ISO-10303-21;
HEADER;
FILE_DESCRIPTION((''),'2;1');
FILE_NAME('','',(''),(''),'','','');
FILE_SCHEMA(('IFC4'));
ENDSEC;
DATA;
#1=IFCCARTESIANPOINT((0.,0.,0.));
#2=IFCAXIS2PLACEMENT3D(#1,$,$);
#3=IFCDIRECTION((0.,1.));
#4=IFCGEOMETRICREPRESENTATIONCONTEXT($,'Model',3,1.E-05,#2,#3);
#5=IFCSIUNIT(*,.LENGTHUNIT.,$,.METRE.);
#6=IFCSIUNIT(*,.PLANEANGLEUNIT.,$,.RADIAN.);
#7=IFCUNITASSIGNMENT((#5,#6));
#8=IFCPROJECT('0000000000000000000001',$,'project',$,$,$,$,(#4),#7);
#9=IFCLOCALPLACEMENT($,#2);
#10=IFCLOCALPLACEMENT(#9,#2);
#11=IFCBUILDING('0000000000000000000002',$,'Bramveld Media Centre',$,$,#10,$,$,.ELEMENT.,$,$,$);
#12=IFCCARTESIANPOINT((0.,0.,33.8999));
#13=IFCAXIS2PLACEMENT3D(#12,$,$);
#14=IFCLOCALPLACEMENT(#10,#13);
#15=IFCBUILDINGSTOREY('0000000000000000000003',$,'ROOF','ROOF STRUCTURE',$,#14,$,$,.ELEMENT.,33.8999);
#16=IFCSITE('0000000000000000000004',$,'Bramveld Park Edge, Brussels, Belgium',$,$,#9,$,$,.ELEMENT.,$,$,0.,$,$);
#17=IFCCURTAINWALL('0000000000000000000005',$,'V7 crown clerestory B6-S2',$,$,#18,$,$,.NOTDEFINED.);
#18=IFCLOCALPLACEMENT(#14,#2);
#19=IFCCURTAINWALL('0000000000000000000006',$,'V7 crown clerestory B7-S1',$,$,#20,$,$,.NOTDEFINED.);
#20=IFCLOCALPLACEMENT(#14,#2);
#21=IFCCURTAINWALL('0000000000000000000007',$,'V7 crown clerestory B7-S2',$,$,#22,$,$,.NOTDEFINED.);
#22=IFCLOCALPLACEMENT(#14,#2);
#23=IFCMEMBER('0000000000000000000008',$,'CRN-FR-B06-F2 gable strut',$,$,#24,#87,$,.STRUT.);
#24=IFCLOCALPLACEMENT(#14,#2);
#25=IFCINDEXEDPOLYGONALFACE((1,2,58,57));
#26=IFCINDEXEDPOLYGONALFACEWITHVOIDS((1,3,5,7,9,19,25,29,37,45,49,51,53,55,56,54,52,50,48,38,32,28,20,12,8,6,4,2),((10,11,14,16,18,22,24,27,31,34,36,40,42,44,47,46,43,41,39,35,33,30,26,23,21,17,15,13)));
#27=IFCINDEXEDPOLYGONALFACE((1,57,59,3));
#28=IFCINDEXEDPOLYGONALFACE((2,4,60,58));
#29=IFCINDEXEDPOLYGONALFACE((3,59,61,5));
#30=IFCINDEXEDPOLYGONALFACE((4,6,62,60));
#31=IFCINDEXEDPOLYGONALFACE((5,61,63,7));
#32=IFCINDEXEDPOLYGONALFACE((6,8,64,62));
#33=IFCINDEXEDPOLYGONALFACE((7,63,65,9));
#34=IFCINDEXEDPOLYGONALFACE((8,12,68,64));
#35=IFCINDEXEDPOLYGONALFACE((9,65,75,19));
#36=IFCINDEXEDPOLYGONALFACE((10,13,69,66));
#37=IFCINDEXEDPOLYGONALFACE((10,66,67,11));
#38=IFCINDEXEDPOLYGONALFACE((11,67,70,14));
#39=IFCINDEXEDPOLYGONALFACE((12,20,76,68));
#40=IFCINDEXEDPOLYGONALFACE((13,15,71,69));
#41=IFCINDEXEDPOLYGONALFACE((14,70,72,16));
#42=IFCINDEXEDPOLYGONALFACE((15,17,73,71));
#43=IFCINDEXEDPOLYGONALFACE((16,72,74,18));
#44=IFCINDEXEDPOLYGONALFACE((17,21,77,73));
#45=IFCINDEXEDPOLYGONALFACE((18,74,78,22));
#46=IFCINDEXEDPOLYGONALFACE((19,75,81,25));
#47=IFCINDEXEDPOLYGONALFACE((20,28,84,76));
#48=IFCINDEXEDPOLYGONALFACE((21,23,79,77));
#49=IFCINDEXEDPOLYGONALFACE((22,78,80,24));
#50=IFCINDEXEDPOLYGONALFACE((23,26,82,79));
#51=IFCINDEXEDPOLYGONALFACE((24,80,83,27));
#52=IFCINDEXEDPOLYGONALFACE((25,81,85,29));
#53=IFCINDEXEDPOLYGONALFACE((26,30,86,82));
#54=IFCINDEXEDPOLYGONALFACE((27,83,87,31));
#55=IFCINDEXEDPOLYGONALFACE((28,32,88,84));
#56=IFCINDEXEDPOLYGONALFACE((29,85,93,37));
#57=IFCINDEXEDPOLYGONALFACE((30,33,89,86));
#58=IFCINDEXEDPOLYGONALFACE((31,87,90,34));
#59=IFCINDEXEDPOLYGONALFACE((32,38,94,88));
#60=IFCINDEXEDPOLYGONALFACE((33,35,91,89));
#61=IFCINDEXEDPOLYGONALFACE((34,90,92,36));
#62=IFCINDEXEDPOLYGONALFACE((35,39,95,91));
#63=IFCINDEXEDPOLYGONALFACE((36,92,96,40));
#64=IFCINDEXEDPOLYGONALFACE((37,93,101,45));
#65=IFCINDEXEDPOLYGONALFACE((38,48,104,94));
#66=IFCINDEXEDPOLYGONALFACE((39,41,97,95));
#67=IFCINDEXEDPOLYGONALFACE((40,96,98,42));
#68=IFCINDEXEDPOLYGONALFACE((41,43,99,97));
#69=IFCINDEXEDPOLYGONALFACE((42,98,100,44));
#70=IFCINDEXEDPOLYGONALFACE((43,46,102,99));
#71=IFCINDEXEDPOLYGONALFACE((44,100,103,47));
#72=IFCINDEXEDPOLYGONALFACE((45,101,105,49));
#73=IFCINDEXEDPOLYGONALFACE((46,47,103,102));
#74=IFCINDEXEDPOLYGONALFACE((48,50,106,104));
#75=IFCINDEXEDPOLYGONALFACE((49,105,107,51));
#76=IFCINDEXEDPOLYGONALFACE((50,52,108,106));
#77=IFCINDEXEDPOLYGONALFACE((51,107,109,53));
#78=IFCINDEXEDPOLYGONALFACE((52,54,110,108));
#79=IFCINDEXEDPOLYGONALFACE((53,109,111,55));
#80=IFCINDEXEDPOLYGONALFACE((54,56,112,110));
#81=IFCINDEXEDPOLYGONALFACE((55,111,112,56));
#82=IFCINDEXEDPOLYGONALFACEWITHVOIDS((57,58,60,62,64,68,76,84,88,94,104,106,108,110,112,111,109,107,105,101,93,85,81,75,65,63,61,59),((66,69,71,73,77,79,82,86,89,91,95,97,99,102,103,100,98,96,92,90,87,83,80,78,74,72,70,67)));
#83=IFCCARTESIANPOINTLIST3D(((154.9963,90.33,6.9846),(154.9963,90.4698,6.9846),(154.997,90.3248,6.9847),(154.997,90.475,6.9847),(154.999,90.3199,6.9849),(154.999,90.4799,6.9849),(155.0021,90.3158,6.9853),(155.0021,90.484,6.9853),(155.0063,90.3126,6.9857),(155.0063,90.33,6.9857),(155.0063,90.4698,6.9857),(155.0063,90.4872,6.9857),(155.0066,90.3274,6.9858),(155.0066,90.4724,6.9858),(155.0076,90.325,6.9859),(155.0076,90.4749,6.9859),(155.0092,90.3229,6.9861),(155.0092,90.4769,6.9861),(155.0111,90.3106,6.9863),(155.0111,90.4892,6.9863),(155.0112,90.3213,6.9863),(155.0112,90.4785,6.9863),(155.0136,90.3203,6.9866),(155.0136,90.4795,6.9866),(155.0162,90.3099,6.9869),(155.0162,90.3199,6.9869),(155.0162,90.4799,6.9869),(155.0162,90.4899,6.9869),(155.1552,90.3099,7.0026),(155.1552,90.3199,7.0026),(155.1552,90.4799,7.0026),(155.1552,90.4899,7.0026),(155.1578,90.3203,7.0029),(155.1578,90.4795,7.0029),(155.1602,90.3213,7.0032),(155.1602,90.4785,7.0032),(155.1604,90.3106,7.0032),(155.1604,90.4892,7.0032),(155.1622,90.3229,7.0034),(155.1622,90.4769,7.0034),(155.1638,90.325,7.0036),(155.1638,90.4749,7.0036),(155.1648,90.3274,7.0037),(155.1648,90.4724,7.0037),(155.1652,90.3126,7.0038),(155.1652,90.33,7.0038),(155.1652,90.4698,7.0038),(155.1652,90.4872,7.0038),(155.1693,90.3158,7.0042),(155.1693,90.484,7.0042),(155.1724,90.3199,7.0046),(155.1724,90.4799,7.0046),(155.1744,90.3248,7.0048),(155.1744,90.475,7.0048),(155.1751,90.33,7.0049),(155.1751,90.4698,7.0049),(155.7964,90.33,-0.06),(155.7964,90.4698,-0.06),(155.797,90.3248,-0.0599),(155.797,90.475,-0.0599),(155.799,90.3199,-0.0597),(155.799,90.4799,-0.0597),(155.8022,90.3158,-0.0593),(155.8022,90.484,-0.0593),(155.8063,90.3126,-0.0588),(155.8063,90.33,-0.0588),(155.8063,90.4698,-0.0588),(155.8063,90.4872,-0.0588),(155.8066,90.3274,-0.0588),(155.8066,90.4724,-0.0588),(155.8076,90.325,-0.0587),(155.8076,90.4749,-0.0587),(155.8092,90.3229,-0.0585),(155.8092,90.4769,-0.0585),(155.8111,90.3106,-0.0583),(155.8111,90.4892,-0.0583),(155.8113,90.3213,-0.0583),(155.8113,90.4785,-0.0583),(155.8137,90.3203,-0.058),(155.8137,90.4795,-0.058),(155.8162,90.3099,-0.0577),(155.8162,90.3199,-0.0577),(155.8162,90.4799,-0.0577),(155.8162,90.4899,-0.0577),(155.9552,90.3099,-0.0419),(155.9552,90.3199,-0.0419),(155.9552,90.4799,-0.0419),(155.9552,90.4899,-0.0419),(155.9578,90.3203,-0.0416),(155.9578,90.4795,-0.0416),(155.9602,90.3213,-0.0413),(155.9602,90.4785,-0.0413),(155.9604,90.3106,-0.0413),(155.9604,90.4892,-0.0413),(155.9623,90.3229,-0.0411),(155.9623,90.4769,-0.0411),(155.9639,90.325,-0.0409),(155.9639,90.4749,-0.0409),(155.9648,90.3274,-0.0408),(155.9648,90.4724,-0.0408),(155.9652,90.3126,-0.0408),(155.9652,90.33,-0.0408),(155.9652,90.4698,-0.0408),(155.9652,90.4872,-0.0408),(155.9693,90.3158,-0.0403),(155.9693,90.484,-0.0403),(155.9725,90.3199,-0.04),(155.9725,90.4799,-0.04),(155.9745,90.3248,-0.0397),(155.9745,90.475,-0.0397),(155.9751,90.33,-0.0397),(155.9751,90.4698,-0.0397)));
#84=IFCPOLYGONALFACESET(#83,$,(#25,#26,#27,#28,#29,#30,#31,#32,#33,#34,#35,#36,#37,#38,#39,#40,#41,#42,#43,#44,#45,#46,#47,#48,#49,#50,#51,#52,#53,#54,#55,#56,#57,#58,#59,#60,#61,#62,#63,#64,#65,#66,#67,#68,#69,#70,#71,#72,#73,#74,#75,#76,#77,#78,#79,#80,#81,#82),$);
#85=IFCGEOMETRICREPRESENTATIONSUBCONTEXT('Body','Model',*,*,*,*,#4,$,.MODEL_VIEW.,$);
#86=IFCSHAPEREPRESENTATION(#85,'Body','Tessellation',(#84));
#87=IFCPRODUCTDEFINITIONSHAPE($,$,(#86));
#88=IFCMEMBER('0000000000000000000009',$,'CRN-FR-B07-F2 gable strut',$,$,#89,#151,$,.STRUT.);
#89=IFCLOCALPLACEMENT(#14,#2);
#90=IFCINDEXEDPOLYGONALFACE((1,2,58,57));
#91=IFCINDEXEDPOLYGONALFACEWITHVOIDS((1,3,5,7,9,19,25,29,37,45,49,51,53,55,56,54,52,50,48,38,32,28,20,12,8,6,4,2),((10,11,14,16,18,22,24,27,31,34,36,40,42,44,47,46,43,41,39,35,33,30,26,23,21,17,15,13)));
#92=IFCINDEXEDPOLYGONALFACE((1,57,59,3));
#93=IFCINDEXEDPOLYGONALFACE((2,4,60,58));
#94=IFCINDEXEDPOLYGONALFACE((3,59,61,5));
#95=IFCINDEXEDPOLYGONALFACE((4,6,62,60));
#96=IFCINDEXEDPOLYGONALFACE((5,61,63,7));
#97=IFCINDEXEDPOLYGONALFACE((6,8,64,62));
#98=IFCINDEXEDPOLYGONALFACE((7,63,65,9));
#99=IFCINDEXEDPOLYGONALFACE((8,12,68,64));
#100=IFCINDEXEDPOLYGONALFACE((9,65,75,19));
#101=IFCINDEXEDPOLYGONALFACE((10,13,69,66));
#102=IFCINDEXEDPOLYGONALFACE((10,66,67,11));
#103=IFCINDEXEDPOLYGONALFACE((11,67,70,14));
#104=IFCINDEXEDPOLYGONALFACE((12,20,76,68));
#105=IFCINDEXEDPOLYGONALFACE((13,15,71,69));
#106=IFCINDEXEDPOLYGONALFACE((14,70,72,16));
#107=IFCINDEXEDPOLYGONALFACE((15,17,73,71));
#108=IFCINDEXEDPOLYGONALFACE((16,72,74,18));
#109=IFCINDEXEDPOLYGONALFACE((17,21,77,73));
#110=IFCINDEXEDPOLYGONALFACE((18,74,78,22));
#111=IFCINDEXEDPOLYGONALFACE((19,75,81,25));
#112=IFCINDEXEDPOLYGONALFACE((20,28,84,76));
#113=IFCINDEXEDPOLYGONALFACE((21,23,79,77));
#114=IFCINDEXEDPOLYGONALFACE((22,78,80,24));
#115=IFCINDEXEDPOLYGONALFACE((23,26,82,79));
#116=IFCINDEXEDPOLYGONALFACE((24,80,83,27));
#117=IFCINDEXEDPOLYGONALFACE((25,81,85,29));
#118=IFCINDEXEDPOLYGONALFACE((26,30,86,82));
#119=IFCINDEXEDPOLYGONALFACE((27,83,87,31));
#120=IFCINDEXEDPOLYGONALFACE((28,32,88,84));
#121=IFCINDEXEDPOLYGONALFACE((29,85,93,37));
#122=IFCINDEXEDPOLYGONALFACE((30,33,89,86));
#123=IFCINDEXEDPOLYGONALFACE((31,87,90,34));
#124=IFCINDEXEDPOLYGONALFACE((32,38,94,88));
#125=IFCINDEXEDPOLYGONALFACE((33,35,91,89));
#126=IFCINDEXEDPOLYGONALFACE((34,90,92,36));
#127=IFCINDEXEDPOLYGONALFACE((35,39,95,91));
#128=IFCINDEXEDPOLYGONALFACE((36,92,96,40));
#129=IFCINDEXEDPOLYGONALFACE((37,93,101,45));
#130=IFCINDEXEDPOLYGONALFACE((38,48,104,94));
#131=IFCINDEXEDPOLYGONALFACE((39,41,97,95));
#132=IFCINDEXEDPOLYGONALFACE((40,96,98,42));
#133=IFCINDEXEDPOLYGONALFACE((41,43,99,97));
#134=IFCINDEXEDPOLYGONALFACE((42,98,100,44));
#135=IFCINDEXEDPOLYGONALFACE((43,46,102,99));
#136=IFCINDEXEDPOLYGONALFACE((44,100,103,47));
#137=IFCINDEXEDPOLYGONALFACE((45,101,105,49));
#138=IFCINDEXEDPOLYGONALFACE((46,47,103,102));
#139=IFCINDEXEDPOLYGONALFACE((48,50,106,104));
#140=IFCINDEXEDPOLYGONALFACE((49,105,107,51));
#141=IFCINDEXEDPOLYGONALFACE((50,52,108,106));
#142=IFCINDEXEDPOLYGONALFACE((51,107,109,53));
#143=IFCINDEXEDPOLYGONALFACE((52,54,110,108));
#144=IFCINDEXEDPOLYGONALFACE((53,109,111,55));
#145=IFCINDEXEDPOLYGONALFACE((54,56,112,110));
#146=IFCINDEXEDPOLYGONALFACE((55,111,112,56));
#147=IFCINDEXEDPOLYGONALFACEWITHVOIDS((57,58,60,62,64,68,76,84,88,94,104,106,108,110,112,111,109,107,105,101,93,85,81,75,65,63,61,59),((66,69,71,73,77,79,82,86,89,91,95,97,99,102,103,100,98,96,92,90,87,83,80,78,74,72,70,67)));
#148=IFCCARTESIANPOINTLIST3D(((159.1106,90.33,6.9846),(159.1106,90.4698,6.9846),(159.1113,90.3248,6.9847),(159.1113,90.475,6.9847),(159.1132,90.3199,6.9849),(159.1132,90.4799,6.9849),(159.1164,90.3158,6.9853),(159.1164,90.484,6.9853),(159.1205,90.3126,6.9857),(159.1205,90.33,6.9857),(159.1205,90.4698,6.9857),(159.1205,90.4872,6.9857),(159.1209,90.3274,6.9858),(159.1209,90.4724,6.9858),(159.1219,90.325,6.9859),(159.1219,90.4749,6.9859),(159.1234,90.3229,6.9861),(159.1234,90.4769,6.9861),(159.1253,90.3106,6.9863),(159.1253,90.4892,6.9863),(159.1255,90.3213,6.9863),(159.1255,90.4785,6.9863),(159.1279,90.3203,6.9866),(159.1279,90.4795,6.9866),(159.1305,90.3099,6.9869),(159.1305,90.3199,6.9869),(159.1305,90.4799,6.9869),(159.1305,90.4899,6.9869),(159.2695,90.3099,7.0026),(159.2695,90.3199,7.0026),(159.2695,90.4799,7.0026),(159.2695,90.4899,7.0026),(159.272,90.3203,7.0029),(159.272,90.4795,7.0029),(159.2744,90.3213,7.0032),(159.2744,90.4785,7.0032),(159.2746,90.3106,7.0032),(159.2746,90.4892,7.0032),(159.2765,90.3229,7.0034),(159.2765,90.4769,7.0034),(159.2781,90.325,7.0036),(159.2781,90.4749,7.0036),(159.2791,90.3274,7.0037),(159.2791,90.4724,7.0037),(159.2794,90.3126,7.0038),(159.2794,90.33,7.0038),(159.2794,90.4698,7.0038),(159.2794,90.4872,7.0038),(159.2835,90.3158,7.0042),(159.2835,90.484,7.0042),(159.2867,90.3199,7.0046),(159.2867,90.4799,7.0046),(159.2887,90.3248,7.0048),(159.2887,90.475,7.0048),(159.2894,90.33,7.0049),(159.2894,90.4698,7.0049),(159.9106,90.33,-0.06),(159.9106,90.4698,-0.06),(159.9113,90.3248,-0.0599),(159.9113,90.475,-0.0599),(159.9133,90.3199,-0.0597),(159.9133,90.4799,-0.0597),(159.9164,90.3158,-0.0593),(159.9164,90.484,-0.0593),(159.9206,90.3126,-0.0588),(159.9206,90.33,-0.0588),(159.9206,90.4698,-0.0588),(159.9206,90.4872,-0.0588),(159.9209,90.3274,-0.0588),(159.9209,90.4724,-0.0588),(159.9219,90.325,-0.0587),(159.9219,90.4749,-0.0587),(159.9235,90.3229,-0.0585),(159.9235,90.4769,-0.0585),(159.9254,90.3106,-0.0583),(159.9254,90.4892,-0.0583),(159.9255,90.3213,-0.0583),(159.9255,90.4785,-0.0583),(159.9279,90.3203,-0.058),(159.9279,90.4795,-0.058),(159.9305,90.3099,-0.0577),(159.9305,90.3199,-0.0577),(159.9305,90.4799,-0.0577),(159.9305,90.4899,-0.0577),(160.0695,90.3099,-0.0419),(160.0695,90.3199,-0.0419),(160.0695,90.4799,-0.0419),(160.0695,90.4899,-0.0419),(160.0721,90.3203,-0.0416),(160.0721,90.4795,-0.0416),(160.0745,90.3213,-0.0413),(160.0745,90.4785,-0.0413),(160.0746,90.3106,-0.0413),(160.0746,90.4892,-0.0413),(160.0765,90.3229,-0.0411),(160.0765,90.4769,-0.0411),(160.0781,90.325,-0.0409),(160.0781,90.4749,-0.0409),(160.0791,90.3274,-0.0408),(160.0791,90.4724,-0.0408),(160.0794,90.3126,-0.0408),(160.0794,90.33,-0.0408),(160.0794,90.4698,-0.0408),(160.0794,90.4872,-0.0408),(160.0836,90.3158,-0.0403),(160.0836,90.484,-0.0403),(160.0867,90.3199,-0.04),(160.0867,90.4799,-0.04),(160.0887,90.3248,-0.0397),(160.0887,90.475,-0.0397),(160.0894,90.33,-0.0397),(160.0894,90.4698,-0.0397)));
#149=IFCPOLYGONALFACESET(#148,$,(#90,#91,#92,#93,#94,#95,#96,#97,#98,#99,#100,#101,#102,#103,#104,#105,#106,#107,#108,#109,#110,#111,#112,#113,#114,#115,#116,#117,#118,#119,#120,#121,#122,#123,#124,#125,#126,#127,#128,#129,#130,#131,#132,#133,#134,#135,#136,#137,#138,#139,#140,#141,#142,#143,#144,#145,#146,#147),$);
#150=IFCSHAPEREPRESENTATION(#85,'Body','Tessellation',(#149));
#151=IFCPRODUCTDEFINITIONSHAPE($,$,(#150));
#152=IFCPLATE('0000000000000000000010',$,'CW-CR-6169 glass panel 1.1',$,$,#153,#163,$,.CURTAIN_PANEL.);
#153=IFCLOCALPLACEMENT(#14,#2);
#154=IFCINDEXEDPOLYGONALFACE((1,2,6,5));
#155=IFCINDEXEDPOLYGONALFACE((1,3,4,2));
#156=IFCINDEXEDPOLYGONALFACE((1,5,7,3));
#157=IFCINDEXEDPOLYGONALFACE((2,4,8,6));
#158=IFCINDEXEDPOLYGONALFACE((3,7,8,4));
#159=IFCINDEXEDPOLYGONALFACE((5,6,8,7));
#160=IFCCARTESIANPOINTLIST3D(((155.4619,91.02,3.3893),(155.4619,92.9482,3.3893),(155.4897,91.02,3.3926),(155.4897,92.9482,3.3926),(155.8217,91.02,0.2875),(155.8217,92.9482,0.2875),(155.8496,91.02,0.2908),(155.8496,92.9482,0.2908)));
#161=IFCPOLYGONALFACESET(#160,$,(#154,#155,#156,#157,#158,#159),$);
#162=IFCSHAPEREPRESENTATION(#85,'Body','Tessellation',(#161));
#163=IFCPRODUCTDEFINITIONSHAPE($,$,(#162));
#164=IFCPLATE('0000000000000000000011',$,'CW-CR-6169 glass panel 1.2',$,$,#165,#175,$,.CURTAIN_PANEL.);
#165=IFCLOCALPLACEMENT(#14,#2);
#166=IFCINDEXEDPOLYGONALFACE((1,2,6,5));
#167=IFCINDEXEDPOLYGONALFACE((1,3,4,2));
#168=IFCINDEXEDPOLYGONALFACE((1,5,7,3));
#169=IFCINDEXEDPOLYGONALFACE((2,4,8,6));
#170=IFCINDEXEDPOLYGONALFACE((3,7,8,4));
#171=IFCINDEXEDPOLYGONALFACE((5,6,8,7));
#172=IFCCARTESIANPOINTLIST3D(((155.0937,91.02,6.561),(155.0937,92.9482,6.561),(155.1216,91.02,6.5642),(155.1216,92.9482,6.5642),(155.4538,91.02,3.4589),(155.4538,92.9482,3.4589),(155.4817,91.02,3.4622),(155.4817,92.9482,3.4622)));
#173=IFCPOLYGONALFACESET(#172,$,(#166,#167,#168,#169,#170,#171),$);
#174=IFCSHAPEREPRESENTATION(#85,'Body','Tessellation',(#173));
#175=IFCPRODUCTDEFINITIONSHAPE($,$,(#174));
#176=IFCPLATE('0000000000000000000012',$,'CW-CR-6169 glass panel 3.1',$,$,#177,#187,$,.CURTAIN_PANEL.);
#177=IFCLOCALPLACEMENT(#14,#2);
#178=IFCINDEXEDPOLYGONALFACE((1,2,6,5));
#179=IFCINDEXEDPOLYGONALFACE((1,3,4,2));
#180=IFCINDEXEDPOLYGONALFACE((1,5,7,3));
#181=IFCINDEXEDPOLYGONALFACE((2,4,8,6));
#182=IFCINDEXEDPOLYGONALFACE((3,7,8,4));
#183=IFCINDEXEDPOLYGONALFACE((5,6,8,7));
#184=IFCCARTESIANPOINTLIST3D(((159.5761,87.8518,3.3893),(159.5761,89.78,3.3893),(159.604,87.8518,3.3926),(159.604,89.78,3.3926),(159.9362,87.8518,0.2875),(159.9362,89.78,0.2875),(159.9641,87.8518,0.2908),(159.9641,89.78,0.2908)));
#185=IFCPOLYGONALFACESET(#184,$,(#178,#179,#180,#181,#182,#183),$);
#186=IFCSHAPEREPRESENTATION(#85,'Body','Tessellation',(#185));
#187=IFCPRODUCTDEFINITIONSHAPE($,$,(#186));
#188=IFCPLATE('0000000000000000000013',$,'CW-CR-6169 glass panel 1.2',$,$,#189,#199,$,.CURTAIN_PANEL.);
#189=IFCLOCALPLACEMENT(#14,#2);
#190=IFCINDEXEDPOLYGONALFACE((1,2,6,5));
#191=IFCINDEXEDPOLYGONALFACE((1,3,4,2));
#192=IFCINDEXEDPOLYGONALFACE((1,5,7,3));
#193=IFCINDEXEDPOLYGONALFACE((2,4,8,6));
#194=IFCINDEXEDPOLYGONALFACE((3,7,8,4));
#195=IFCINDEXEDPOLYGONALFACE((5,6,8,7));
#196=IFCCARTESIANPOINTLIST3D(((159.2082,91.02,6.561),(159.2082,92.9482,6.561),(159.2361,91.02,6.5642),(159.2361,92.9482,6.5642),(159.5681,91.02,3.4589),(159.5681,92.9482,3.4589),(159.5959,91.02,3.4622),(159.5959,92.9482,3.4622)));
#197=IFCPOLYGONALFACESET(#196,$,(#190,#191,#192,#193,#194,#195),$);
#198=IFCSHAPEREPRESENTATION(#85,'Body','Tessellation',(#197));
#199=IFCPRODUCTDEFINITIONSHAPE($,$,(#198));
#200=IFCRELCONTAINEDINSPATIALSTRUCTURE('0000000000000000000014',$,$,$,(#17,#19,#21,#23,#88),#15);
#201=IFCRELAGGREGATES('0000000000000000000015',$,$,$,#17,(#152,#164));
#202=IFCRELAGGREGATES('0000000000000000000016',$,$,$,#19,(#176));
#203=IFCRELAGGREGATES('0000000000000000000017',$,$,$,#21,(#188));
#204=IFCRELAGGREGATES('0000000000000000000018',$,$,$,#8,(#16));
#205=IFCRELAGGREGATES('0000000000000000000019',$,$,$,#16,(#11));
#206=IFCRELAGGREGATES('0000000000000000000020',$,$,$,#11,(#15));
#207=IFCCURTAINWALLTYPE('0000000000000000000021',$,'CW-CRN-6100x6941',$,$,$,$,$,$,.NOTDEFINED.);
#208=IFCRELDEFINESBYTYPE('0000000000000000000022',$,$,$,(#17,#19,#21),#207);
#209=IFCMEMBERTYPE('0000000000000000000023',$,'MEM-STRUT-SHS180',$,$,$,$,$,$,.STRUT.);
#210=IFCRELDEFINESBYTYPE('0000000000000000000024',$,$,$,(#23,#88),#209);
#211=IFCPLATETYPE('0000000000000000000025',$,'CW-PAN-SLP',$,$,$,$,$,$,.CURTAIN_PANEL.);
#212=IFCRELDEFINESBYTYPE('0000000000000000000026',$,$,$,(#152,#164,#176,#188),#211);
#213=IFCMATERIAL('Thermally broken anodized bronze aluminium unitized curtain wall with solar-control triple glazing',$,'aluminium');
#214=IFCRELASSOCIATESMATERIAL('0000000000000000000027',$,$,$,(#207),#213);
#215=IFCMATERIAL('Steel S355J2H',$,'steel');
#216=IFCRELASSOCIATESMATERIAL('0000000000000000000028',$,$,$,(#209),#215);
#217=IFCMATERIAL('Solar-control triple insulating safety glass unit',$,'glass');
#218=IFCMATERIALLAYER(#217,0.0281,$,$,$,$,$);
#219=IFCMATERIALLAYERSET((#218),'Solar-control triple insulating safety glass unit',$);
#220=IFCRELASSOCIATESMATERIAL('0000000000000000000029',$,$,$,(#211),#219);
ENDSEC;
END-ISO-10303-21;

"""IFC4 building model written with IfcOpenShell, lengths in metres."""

from ifc_helpers import new_model, si_unit, direction, frame, origin, origin_2d, place, context, subcontext, project, spatial, polyline, hollow_rectangle, outline, extrude, material, layer, layer_set, material_profile, profile_set, type_object, element, aggregate, save


model = new_model("IFC4")

# Units and contexts
model_context = context("Model", 3, precision=1e-05, world=origin(), true_north=direction((0.0, 1.0)))
body_context = subcontext(model_context, "Body", "Model", "MODEL_VIEW")
ifc_project = project(units=[si_unit("LENGTHUNIT", "METRE"), si_unit("PLANEANGLEUNIT", "RADIAN")], contexts=[model_context])

# Site, building, storey
site_placement = place(None, origin())
site = spatial("IfcSite", under=ifc_project, at=site_placement, Name="Bramveld Park Edge, Brussels, Belgium", CompositionType="ELEMENT", RefElevation=0.0)
building_placement = place(site_placement, origin())
building = spatial("IfcBuilding", under=site, at=building_placement, Name="Bramveld Media Centre", CompositionType="ELEMENT")
storey_placement = place(building_placement, frame((0.0, 0.0, 33.8999)))
storey = spatial("IfcBuildingStorey", under=building, at=storey_placement, Name="ROOF", Description="ROOF STRUCTURE", CompositionType="ELEMENT", Elevation=33.8999)

# Curtain walls
ifc_material_1 = material(Name="Thermally broken anodized bronze aluminium unitized curtain wall with solar-control triple glazing", Category="aluminium")
curtain_wall_type = type_object("IfcCurtainWallType", Name="CW-CRN-6100x6941", PredefinedType="NOTDEFINED", material=ifc_material_1)
curtain_wall_1_placement = place(storey_placement, origin())
curtain_wall_1 = element("IfcCurtainWall", 1, at=curtain_wall_1_placement, inside=storey, type_object=curtain_wall_type, Name="V7 crown clerestory B6-S2", PredefinedType="NOTDEFINED")
curtain_wall_2_placement = place(storey_placement, origin())
curtain_wall_2 = element("IfcCurtainWall", 2, at=curtain_wall_2_placement, inside=storey, type_object=curtain_wall_type, Name="V7 crown clerestory B7-S1", PredefinedType="NOTDEFINED")
curtain_wall_3_placement = place(storey_placement, origin())
curtain_wall_3 = element("IfcCurtainWall", 3, at=curtain_wall_3_placement, inside=storey, type_object=curtain_wall_type, Name="V7 crown clerestory B7-S2", PredefinedType="NOTDEFINED")

# Members
ifc_material_2 = material(Name="Steel S355J2H", Category="steel")
ifc_material_profile_1 = material_profile(ifc_material_2, hollow_rectangle(XDim=0.1799, YDim=0.1799, WallThickness=0.01, InnerFilletRadius=0.01, OuterFilletRadius=0.02, at=origin_2d()), Name="SHS 180x180x10")
ifc_profile_set_1 = profile_set([ifc_material_profile_1], Name="Steel S355J2H")
member_type_1 = type_object("IfcMemberType", Name="MEM-STRUT-SHS180", PredefinedType="STRUT", material=ifc_profile_set_1)
for number, where, z_axis, x_axis, name in (
    (4, (155.8857, 90.3999, -0.0498), (-0.112842, 0.0, 0.993613), (0.0, -1.0, 0.0), "CRN-FR-B06-F2 gable strut"),
    (5, (160.0, 90.3999, -0.0498), (-0.112842, 0.0, 0.993613), (0.0, -1.0, 0.0), "CRN-FR-B07-F2 gable strut"),
):
    element("IfcMember", number, at=place(storey_placement, frame(where, z_axis=z_axis, x_axis=x_axis)), inside=storey, type_object=member_type_1, Name=name, PredefinedType="STRUT", context=body_context, shape_type="SweptSolid", body=[
        extrude(hollow_rectangle(XDim=0.1799, YDim=0.1799, WallThickness=0.01, InnerFilletRadius=0.01, OuterFilletRadius=0.02, at=origin_2d()), origin(), (0.0, 0.0, 1.0), 7.0898),
    ])

# Plates
ifc_material_3 = material(Name="Solar-control triple insulating safety glass unit", Category="glass")
ifc_layer_1 = layer(ifc_material_3, 0.0281)
ifc_layer_set_1 = layer_set([ifc_layer_1], Name="Solar-control triple insulating safety glass unit")
plate_type_1 = type_object("IfcPlateType", Name="CW-PAN-SLP", PredefinedType="CURTAIN_PANEL", material=ifc_layer_set_1)
plate_1_placement = place(storey_placement, frame((155.8496, 91.02, 0.2908), z_axis=(0.993337, 0.0, 0.115244), x_axis=(0.0, 1.0, 0.0)))
plate_1 = element("IfcPlate", 6, at=plate_1_placement, type_object=plate_type_1, Name="CW-CR-6169 glass panel 1.1", PredefinedType="CURTAIN_PANEL", context=body_context, shape_type="SweptSolid", body=[
    extrude(outline(polyline([(0.0, 0.0), (1.9282, 0.0), (1.9282, 3.1226), (0.0, 3.1226), (0.0, 0.0)])), origin(), (0.0, 0.0, -1.0), 0.0281),
])
plate_2_placement = place(storey_placement, frame((155.4817, 91.02, 3.4622), z_axis=(0.993329, 0.0, 0.115313), x_axis=(0.0, 1.0, 0.0)))
plate_2 = element("IfcPlate", 7, at=plate_2_placement, type_object=plate_type_1, Name="CW-CR-6169 glass panel 1.2", PredefinedType="CURTAIN_PANEL", context=body_context, shape_type="SweptSolid", body=[
    extrude(outline(polyline([(0.0, 0.0), (1.9282, 0.0), (1.9282, 3.1229), (0.0, 3.1229), (0.0, 0.0)])), origin(), (0.0, 0.0, -1.0), 0.0281),
])
aggregate(curtain_wall_1, [plate_1, plate_2])
plate_3_placement = place(storey_placement, frame((159.9641, 87.8518, 0.2908), z_axis=(0.993328, 0.0, 0.115321), x_axis=(0.0, 1.0, 0.0)))
plate_3 = element("IfcPlate", 8, at=plate_3_placement, type_object=plate_type_1, Name="CW-CR-6169 glass panel 3.1", PredefinedType="CURTAIN_PANEL", context=body_context, shape_type="SweptSolid", body=[
    extrude(outline(polyline([(0.0, 0.0), (1.9282, 0.0), (1.9282, 3.1226), (0.0, 3.1226), (0.0, 0.0)])), origin(), (0.0, 0.0, -1.0), 0.0281),
])
aggregate(curtain_wall_2, [plate_3])
plate_4_placement = place(storey_placement, frame((159.5959, 91.02, 3.4622), z_axis=(0.993338, 0.0, 0.115235), x_axis=(0.0, 1.0, 0.0)))
plate_4 = element("IfcPlate", 9, at=plate_4_placement, type_object=plate_type_1, Name="CW-CR-6169 glass panel 1.2", PredefinedType="CURTAIN_PANEL", context=body_context, shape_type="SweptSolid", body=[
    extrude(outline(polyline([(0.0, 0.0), (1.9282, 0.0), (1.9282, 3.1229), (0.0, 3.1229), (0.0, 0.0)])), origin(), (0.0, 0.0, -1.0), 0.0281),
])
aggregate(curtain_wall_3, [plate_4])

save(model, "model.ifc")
